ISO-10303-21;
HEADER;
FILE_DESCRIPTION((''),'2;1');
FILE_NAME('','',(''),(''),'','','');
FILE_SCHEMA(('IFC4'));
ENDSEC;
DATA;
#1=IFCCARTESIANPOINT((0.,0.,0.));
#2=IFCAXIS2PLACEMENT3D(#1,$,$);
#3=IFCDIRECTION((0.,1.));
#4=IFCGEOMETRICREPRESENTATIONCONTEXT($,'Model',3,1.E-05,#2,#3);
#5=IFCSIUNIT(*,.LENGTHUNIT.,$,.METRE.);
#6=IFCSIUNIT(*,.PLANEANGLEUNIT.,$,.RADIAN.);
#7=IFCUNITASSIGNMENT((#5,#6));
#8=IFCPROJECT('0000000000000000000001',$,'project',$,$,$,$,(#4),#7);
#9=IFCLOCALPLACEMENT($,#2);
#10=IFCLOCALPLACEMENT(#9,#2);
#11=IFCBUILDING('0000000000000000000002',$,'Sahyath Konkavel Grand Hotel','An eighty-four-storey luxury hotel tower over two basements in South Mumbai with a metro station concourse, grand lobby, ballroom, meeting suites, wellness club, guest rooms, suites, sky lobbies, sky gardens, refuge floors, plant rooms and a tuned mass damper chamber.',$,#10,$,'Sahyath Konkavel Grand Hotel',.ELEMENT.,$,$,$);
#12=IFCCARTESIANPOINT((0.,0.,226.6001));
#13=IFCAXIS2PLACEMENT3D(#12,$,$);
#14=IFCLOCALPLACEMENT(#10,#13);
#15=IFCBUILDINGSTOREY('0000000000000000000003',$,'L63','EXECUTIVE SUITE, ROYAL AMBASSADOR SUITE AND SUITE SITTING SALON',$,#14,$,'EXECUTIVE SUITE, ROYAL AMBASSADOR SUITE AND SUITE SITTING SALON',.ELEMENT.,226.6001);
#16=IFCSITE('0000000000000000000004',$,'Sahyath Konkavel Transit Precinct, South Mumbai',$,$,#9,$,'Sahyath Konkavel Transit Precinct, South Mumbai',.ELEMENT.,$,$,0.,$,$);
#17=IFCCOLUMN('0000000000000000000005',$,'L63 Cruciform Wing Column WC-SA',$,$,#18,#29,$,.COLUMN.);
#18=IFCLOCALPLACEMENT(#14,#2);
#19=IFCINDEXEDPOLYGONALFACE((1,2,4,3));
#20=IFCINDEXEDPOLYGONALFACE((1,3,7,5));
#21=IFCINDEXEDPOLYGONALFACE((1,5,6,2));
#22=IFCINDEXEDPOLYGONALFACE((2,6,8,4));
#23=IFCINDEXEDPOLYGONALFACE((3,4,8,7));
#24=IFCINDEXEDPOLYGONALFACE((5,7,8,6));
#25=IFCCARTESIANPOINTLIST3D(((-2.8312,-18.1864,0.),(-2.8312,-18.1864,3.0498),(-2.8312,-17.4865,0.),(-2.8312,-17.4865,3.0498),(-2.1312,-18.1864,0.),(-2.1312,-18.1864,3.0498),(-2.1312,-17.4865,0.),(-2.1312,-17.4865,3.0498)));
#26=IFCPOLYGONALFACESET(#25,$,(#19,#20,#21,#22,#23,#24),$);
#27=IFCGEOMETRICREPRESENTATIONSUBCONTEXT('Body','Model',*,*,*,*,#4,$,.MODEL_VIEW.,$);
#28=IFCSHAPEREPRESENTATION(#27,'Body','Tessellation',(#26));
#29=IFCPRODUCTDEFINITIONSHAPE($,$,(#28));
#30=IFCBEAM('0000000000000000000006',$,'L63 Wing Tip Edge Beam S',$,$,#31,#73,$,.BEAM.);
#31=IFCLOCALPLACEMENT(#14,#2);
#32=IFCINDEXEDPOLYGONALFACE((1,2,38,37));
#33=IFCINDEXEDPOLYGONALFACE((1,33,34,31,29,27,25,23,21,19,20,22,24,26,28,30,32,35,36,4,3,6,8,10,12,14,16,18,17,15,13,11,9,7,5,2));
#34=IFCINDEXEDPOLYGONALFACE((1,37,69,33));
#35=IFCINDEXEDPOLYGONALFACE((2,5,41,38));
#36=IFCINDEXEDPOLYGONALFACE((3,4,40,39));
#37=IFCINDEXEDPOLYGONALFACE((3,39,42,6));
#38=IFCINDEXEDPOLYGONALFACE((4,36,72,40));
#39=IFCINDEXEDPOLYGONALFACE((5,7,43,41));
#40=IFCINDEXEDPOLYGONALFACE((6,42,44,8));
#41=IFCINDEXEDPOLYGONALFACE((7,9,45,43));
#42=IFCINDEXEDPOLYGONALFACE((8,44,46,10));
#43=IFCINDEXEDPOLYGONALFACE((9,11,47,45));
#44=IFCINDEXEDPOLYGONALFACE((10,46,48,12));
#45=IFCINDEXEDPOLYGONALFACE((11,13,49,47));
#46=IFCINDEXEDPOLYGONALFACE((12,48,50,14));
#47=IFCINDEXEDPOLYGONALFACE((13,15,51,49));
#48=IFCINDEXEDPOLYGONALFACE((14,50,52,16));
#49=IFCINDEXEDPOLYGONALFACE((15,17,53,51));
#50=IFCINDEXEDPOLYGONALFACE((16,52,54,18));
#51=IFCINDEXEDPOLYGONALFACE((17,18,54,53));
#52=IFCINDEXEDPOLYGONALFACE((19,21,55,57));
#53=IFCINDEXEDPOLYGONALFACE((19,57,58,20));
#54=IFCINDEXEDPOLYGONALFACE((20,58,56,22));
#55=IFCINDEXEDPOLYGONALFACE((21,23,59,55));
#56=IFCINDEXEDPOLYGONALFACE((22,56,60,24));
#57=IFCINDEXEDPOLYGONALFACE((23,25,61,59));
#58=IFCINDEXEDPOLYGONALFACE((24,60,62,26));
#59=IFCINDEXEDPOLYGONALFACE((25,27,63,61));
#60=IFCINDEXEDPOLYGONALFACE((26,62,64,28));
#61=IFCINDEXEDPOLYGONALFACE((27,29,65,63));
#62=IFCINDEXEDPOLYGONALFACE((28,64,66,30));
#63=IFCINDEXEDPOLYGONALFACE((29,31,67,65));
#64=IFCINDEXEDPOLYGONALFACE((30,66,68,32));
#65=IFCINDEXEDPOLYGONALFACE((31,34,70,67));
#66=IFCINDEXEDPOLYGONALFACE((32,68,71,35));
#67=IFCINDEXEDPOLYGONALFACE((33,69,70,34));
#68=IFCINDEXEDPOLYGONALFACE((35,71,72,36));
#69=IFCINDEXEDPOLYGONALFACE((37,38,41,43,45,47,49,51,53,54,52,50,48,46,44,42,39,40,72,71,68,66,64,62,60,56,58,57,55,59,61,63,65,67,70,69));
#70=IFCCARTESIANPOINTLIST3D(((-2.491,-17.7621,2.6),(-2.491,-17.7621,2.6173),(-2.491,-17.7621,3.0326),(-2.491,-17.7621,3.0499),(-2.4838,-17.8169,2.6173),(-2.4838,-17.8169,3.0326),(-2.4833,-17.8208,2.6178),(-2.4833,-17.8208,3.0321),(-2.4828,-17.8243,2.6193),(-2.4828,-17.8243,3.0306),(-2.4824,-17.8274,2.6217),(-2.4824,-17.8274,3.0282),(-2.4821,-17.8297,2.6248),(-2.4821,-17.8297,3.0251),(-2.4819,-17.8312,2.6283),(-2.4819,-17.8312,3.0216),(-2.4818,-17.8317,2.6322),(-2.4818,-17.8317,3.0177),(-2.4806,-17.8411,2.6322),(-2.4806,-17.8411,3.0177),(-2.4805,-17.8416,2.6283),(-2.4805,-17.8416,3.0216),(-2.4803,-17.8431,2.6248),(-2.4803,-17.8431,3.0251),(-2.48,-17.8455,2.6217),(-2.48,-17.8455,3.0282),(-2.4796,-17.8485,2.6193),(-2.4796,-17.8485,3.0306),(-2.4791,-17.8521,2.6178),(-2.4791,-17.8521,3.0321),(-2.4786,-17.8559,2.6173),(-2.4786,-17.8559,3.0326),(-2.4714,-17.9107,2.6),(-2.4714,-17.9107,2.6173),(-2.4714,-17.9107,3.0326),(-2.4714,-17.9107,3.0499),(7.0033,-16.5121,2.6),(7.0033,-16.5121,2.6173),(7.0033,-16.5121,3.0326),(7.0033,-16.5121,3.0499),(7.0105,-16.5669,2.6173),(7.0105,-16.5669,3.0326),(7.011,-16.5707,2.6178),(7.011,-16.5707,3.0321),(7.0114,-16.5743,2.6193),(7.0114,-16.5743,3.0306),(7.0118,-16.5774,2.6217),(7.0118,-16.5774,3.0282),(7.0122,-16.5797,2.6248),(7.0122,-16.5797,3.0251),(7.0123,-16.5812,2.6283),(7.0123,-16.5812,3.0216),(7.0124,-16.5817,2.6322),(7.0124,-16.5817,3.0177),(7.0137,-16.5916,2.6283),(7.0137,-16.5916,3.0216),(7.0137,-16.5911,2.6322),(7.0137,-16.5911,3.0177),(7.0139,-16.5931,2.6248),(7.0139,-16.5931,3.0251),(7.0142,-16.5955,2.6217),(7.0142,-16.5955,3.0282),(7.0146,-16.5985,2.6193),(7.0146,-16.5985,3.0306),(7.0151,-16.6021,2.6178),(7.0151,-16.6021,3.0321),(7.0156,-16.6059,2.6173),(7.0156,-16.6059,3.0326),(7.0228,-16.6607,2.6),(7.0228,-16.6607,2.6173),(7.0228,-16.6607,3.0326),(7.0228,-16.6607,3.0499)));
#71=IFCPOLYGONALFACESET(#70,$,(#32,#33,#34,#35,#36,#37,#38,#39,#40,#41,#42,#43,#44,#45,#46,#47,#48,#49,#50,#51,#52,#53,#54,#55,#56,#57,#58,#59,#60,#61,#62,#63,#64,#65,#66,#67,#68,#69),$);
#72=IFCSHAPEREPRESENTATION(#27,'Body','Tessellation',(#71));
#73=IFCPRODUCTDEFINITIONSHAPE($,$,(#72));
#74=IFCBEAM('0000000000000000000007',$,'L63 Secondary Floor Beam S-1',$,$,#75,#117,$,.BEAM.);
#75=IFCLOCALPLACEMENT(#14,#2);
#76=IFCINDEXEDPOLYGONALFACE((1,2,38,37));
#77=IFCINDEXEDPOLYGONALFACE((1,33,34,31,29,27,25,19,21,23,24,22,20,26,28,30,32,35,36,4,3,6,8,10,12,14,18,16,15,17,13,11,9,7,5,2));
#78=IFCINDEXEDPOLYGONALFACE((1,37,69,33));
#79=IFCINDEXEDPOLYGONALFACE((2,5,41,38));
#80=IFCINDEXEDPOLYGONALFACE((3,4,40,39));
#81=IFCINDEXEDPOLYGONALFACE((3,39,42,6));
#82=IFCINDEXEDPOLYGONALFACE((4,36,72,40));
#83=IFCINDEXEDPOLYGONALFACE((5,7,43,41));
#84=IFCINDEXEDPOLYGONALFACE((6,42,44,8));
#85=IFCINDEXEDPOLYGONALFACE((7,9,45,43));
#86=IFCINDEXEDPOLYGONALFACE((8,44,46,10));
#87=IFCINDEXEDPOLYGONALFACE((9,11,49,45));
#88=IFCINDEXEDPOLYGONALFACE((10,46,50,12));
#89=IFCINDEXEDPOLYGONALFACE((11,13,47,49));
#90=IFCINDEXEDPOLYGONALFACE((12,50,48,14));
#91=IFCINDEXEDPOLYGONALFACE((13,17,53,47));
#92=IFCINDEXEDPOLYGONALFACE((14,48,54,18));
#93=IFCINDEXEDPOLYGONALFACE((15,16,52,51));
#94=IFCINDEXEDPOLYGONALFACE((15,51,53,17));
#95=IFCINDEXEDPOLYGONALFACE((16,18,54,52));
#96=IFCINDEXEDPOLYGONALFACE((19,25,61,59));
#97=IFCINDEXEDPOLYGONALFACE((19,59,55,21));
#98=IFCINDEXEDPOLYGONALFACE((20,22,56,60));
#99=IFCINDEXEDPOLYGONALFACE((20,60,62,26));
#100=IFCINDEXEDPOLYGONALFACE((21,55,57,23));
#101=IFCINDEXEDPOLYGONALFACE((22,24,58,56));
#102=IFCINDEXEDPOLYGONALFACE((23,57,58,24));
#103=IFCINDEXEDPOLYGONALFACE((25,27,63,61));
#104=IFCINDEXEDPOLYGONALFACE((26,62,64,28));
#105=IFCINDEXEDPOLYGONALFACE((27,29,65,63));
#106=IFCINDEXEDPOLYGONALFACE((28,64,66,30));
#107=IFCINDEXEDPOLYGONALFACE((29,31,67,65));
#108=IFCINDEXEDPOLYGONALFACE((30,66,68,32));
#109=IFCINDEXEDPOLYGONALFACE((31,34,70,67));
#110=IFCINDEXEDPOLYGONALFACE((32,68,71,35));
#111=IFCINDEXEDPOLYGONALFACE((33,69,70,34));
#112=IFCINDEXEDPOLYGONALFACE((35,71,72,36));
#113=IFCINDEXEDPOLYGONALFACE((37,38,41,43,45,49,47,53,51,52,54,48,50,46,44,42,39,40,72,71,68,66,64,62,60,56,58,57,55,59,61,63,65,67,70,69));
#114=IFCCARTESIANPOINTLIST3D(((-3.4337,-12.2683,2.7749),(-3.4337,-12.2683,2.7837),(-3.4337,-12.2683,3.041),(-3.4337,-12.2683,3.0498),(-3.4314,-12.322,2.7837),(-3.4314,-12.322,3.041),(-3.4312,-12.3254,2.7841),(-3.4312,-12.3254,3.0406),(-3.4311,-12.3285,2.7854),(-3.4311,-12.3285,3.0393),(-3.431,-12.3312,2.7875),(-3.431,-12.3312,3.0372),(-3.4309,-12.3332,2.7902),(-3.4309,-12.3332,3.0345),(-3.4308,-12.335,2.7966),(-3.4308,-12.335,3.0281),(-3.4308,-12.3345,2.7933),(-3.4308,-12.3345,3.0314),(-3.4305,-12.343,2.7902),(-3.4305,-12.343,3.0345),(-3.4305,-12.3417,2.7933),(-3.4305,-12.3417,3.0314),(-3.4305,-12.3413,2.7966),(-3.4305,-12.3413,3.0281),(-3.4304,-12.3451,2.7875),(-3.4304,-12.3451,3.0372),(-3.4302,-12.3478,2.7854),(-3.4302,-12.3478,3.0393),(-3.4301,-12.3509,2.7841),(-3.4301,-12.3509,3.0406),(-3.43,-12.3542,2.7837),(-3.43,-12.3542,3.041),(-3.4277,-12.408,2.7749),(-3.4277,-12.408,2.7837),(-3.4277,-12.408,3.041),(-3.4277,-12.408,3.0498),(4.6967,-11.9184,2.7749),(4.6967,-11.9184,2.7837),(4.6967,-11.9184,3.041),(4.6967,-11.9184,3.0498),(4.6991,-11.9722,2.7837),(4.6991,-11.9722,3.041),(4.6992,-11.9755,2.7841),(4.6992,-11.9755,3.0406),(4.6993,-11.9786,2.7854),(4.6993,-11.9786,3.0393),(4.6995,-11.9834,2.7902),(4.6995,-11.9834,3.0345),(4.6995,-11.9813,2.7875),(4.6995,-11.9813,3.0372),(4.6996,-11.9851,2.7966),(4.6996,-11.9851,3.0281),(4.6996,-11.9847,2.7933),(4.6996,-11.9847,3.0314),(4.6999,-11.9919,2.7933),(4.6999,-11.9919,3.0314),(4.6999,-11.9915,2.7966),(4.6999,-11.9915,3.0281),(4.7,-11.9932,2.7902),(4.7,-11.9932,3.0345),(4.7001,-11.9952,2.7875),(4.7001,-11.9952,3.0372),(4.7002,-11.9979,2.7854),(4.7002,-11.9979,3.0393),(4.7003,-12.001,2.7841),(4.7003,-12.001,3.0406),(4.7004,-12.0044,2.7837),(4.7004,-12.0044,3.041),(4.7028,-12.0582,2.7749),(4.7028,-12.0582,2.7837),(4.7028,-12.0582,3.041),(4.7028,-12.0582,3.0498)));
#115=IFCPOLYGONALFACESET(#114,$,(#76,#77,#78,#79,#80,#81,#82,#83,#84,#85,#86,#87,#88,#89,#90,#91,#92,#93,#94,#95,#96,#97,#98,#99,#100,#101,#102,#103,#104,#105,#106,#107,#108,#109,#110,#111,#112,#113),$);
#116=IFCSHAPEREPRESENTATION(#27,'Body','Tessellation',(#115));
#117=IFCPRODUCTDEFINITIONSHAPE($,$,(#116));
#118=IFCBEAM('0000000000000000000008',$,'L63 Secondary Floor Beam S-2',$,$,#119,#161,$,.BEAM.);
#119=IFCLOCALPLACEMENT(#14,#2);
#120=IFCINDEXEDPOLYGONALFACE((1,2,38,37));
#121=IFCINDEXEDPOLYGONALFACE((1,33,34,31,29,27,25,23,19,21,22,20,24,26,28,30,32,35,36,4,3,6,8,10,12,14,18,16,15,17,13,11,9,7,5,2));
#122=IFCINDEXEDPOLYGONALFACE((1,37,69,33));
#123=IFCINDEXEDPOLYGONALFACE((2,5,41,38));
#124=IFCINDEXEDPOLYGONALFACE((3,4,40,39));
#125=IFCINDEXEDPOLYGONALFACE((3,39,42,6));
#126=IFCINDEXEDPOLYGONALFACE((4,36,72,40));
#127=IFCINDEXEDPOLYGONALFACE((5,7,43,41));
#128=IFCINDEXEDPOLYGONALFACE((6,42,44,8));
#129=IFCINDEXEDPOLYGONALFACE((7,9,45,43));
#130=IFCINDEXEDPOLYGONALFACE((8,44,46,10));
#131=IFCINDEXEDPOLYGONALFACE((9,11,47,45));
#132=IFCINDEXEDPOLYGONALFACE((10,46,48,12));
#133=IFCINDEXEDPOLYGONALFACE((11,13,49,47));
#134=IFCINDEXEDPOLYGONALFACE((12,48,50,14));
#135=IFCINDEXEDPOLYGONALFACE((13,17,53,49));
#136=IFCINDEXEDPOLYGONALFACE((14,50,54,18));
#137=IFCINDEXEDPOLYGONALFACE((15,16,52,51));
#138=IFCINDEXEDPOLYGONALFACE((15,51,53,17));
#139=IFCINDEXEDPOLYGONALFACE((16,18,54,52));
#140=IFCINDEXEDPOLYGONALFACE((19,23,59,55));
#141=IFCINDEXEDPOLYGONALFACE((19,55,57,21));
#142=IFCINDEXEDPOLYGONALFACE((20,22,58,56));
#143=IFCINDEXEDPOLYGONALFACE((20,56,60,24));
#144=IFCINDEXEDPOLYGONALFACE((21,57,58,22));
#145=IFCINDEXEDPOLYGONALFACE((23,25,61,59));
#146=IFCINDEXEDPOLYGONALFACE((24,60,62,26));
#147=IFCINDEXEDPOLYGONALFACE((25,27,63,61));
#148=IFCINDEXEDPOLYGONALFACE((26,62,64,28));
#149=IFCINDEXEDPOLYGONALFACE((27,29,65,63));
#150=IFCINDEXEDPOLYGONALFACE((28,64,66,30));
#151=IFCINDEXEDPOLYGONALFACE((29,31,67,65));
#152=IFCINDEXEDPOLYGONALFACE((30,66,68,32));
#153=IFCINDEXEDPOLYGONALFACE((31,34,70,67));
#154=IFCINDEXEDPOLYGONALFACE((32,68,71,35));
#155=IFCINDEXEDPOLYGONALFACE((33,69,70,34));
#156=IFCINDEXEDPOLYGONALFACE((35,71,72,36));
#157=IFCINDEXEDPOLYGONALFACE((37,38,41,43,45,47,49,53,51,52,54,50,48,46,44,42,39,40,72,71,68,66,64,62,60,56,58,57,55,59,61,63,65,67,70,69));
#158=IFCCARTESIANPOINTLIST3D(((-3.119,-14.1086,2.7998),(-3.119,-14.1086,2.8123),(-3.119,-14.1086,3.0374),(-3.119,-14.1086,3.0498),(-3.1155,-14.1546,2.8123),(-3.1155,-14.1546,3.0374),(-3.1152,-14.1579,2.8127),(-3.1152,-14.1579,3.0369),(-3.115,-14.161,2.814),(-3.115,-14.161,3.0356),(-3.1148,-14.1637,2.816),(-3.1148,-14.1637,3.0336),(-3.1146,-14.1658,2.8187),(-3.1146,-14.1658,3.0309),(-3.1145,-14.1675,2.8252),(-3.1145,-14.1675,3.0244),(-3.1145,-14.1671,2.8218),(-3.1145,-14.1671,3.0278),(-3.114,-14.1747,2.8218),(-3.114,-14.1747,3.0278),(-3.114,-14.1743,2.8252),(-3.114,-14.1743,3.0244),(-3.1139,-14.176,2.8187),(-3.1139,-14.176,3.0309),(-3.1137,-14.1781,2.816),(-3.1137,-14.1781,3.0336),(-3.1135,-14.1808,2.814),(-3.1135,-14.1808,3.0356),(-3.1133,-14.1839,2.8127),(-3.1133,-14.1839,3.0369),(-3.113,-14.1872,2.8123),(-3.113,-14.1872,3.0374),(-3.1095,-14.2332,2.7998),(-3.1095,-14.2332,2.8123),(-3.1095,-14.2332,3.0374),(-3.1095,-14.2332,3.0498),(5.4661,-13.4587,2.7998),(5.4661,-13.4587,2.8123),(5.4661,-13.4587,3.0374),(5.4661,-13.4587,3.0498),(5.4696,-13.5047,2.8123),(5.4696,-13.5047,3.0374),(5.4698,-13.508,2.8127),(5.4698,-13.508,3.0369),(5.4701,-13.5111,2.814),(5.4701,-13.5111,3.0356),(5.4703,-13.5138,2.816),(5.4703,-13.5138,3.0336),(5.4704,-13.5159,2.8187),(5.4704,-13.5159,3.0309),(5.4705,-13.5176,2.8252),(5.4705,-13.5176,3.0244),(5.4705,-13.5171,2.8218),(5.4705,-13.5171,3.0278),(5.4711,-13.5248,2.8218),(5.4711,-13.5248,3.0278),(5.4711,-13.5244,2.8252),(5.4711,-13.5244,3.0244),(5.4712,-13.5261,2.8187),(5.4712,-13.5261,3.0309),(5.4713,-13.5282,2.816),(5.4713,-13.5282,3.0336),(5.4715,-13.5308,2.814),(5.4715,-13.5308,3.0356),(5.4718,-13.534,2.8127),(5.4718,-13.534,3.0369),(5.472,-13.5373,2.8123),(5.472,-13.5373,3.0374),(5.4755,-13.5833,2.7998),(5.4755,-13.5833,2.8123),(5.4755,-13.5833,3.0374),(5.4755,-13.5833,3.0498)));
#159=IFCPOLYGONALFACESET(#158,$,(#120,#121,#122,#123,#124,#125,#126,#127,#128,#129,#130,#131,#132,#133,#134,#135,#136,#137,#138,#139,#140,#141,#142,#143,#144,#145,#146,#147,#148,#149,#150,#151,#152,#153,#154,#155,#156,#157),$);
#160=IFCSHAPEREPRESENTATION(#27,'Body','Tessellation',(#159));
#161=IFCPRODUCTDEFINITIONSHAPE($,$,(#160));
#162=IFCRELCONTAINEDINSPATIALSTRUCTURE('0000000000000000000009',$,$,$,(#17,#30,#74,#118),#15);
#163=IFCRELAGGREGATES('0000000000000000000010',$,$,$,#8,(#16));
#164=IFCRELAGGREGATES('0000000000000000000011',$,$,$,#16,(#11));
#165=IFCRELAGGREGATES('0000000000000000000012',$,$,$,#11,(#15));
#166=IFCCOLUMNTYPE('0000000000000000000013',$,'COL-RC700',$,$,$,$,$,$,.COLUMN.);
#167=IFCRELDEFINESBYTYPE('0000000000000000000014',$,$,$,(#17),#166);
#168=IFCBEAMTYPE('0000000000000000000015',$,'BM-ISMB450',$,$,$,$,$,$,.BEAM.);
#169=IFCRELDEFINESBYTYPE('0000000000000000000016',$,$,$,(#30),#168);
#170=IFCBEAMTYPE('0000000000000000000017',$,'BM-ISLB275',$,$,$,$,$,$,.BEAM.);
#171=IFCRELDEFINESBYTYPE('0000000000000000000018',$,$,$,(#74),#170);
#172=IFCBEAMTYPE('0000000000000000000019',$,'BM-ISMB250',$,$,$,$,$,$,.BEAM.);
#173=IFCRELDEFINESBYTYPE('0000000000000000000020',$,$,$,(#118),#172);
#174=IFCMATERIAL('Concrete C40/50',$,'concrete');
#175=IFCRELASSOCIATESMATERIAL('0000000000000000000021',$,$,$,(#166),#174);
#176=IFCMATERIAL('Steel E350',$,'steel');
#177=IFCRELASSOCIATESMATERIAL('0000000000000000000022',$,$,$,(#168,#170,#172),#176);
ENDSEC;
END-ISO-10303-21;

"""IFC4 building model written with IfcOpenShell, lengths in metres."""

from ifc_helpers import new_model, si_unit, direction, frame, origin, origin_2d, place, context, subcontext, project, spatial, rectangle, i_section, extrude, source, transform, mapped, material, material_profile, profile_set, type_object, element, save


model = new_model("IFC4")

# Units and contexts
model_context = context("Model", 3, precision=1e-05, world=origin(), true_north=direction((0.0, 1.0)))
body_context = subcontext(model_context, "Body", "Model", "MODEL_VIEW")
ifc_project = project(units=[si_unit("LENGTHUNIT", "METRE"), si_unit("PLANEANGLEUNIT", "RADIAN")], contexts=[model_context])

# Site, building, storey
site_placement = place(None, origin())
site = spatial("IfcSite", under=ifc_project, at=site_placement, Name="Sahyath Konkavel Transit Precinct, South Mumbai", LongName="Sahyath Konkavel Transit Precinct, South Mumbai", CompositionType="ELEMENT", RefElevation=0.0)
building_placement = place(site_placement, origin())
building = spatial("IfcBuilding", under=site, at=building_placement, Name="Sahyath Konkavel Grand Hotel", Description="An eighty-four-storey luxury hotel tower over two basements in South Mumbai with a metro station concourse, grand lobby, ballroom, meeting suites, wellness club, guest rooms, suites, sky lobbies, sky gardens, refuge floors, plant rooms and a tuned mass damper chamber.", LongName="Sahyath Konkavel Grand Hotel", CompositionType="ELEMENT")
storey_placement = place(building_placement, frame((0.0, 0.0, 226.6001)))
storey = spatial("IfcBuildingStorey", under=building, at=storey_placement, Name="L63", Description="EXECUTIVE SUITE, ROYAL AMBASSADOR SUITE AND SUITE SITTING SALON", LongName="EXECUTIVE SUITE, ROYAL AMBASSADOR SUITE AND SUITE SITTING SALON", CompositionType="ELEMENT", Elevation=226.6001)

# Column
ifc_material_1 = material(Name="Concrete C40/50", Category="concrete")
ifc_material_profile_1 = material_profile(ifc_material_1, rectangle(XDim=0.7, YDim=0.7, at=origin_2d()), Name="RC 700x700")
ifc_profile_set_1 = profile_set([ifc_material_profile_1], Name="Concrete C40/50")
column_type = type_object("IfcColumnType", Name="COL-RC700", PredefinedType="COLUMN", material=ifc_profile_set_1)
shared_shape_1 = source(origin(), body_context, "Body", "SweptSolid", [
    extrude(rectangle(XDim=0.7, YDim=0.7, at=origin_2d()), origin(), (0.0, 0.0, 1.0), 3.0498),
])
column_placement = place(storey_placement, frame((-2.4812, -17.8364, 0.0), z_axis=(0.0, 0.0, 1.0), x_axis=(1.0, 0.0, 0.0)))
element("IfcColumn", 1, at=column_placement, inside=storey, type_object=column_type, Name="L63 Cruciform Wing Column WC-SA", PredefinedType="COLUMN", context=body_context, shape_type="MappedRepresentation", body=[
    mapped(shared_shape_1, transform((0.0, 0.0, 0.0), scale=1.0)),
])

# Beams
ifc_material_2 = material(Name="Steel E350", Category="steel")
ifc_material_profile_2 = material_profile(ifc_material_2, i_section(OverallWidth=0.1499, OverallDepth=0.45, WebThickness=0.0095, FlangeThickness=0.0173, FilletRadius=0.0149, at=origin_2d()), Name="ISMB 450")
ifc_profile_set_2 = profile_set([ifc_material_profile_2], Name="Steel E350")
beam_type_1 = type_object("IfcBeamType", Name="BM-ISMB450", PredefinedType="BEAM", material=ifc_profile_set_2)
shared_shape_2 = source(origin(), body_context, "Body", "SweptSolid", [
    extrude(i_section(OverallWidth=0.1499, OverallDepth=0.45, WebThickness=0.0095, FlangeThickness=0.0173, FilletRadius=0.0149, at=origin_2d()), origin(), (0.0, 0.0, 1.0), 9.5762),
])
beam_1_placement = place(storey_placement, frame((-2.4812, -17.8364, 2.825), z_axis=(0.991444, 0.130534, 0.0), x_axis=(-0.130534, 0.991444, 0.0)))
element("IfcBeam", 2, at=beam_1_placement, inside=storey, type_object=beam_type_1, Name="L63 Wing Tip Edge Beam S", PredefinedType="BEAM", context=body_context, shape_type="MappedRepresentation", body=[
    mapped(shared_shape_2, transform((0.0, 0.0, 0.0), scale=1.0)),
])
ifc_material_profile_3 = material_profile(ifc_material_2, i_section(OverallWidth=0.1399, OverallDepth=0.2749, WebThickness=0.0063, FlangeThickness=0.0088, FilletRadius=0.0129, at=origin_2d()), Name="ISLB 275")
ifc_profile_set_3 = profile_set([ifc_material_profile_3], Name="Steel E350")
beam_type_2 = type_object("IfcBeamType", Name="BM-ISLB275", PredefinedType="BEAM", material=ifc_profile_set_3)
shared_shape_3 = source(origin(), body_context, "Body", "SweptSolid", [
    extrude(i_section(OverallWidth=0.1399, OverallDepth=0.2749, WebThickness=0.0063, FlangeThickness=0.0088, FilletRadius=0.0129, at=origin_2d()), origin(), (0.0, 0.0, 1.0), 8.1379),
])
beam_2_placement = place(storey_placement, frame((-3.4307, -12.3381, 2.9124), z_axis=(0.999075, 0.042991, 0.0), x_axis=(-0.042991, 0.999075, 0.0)))
element("IfcBeam", 3, at=beam_2_placement, inside=storey, type_object=beam_type_2, Name="L63 Secondary Floor Beam S-1", PredefinedType="BEAM", context=body_context, shape_type="MappedRepresentation", body=[
    mapped(shared_shape_3, transform((0.0, 0.0, 0.0), scale=1.0)),
])
ifc_material_profile_4 = material_profile(ifc_material_2, i_section(OverallWidth=0.125, OverallDepth=0.25, WebThickness=0.0068, FlangeThickness=0.0125, FilletRadius=0.0129, at=origin_2d()), Name="ISMB 250")
ifc_profile_set_4 = profile_set([ifc_material_profile_4], Name="Steel E350")
beam_type_3 = type_object("IfcBeamType", Name="BM-ISMB250", PredefinedType="BEAM", material=ifc_profile_set_4)
shared_shape_4 = source(origin(), body_context, "Body", "SweptSolid", [
    extrude(i_section(OverallWidth=0.125, OverallDepth=0.25, WebThickness=0.0068, FlangeThickness=0.0125, FilletRadius=0.0129, at=origin_2d()), origin(), (0.0, 0.0, 1.0), 8.6096),
])
beam_3_placement = place(storey_placement, frame((-3.1143, -14.1709, 2.9248), z_axis=(0.997147, 0.075486, 0.0), x_axis=(-0.075486, 0.997147, 0.0)))
element("IfcBeam", 4, at=beam_3_placement, inside=storey, type_object=beam_type_3, Name="L63 Secondary Floor Beam S-2", PredefinedType="BEAM", context=body_context, shape_type="MappedRepresentation", body=[
    mapped(shared_shape_4, transform((0.0, 0.0, 0.0), scale=1.0)),
])

save(model, "model.ifc")
